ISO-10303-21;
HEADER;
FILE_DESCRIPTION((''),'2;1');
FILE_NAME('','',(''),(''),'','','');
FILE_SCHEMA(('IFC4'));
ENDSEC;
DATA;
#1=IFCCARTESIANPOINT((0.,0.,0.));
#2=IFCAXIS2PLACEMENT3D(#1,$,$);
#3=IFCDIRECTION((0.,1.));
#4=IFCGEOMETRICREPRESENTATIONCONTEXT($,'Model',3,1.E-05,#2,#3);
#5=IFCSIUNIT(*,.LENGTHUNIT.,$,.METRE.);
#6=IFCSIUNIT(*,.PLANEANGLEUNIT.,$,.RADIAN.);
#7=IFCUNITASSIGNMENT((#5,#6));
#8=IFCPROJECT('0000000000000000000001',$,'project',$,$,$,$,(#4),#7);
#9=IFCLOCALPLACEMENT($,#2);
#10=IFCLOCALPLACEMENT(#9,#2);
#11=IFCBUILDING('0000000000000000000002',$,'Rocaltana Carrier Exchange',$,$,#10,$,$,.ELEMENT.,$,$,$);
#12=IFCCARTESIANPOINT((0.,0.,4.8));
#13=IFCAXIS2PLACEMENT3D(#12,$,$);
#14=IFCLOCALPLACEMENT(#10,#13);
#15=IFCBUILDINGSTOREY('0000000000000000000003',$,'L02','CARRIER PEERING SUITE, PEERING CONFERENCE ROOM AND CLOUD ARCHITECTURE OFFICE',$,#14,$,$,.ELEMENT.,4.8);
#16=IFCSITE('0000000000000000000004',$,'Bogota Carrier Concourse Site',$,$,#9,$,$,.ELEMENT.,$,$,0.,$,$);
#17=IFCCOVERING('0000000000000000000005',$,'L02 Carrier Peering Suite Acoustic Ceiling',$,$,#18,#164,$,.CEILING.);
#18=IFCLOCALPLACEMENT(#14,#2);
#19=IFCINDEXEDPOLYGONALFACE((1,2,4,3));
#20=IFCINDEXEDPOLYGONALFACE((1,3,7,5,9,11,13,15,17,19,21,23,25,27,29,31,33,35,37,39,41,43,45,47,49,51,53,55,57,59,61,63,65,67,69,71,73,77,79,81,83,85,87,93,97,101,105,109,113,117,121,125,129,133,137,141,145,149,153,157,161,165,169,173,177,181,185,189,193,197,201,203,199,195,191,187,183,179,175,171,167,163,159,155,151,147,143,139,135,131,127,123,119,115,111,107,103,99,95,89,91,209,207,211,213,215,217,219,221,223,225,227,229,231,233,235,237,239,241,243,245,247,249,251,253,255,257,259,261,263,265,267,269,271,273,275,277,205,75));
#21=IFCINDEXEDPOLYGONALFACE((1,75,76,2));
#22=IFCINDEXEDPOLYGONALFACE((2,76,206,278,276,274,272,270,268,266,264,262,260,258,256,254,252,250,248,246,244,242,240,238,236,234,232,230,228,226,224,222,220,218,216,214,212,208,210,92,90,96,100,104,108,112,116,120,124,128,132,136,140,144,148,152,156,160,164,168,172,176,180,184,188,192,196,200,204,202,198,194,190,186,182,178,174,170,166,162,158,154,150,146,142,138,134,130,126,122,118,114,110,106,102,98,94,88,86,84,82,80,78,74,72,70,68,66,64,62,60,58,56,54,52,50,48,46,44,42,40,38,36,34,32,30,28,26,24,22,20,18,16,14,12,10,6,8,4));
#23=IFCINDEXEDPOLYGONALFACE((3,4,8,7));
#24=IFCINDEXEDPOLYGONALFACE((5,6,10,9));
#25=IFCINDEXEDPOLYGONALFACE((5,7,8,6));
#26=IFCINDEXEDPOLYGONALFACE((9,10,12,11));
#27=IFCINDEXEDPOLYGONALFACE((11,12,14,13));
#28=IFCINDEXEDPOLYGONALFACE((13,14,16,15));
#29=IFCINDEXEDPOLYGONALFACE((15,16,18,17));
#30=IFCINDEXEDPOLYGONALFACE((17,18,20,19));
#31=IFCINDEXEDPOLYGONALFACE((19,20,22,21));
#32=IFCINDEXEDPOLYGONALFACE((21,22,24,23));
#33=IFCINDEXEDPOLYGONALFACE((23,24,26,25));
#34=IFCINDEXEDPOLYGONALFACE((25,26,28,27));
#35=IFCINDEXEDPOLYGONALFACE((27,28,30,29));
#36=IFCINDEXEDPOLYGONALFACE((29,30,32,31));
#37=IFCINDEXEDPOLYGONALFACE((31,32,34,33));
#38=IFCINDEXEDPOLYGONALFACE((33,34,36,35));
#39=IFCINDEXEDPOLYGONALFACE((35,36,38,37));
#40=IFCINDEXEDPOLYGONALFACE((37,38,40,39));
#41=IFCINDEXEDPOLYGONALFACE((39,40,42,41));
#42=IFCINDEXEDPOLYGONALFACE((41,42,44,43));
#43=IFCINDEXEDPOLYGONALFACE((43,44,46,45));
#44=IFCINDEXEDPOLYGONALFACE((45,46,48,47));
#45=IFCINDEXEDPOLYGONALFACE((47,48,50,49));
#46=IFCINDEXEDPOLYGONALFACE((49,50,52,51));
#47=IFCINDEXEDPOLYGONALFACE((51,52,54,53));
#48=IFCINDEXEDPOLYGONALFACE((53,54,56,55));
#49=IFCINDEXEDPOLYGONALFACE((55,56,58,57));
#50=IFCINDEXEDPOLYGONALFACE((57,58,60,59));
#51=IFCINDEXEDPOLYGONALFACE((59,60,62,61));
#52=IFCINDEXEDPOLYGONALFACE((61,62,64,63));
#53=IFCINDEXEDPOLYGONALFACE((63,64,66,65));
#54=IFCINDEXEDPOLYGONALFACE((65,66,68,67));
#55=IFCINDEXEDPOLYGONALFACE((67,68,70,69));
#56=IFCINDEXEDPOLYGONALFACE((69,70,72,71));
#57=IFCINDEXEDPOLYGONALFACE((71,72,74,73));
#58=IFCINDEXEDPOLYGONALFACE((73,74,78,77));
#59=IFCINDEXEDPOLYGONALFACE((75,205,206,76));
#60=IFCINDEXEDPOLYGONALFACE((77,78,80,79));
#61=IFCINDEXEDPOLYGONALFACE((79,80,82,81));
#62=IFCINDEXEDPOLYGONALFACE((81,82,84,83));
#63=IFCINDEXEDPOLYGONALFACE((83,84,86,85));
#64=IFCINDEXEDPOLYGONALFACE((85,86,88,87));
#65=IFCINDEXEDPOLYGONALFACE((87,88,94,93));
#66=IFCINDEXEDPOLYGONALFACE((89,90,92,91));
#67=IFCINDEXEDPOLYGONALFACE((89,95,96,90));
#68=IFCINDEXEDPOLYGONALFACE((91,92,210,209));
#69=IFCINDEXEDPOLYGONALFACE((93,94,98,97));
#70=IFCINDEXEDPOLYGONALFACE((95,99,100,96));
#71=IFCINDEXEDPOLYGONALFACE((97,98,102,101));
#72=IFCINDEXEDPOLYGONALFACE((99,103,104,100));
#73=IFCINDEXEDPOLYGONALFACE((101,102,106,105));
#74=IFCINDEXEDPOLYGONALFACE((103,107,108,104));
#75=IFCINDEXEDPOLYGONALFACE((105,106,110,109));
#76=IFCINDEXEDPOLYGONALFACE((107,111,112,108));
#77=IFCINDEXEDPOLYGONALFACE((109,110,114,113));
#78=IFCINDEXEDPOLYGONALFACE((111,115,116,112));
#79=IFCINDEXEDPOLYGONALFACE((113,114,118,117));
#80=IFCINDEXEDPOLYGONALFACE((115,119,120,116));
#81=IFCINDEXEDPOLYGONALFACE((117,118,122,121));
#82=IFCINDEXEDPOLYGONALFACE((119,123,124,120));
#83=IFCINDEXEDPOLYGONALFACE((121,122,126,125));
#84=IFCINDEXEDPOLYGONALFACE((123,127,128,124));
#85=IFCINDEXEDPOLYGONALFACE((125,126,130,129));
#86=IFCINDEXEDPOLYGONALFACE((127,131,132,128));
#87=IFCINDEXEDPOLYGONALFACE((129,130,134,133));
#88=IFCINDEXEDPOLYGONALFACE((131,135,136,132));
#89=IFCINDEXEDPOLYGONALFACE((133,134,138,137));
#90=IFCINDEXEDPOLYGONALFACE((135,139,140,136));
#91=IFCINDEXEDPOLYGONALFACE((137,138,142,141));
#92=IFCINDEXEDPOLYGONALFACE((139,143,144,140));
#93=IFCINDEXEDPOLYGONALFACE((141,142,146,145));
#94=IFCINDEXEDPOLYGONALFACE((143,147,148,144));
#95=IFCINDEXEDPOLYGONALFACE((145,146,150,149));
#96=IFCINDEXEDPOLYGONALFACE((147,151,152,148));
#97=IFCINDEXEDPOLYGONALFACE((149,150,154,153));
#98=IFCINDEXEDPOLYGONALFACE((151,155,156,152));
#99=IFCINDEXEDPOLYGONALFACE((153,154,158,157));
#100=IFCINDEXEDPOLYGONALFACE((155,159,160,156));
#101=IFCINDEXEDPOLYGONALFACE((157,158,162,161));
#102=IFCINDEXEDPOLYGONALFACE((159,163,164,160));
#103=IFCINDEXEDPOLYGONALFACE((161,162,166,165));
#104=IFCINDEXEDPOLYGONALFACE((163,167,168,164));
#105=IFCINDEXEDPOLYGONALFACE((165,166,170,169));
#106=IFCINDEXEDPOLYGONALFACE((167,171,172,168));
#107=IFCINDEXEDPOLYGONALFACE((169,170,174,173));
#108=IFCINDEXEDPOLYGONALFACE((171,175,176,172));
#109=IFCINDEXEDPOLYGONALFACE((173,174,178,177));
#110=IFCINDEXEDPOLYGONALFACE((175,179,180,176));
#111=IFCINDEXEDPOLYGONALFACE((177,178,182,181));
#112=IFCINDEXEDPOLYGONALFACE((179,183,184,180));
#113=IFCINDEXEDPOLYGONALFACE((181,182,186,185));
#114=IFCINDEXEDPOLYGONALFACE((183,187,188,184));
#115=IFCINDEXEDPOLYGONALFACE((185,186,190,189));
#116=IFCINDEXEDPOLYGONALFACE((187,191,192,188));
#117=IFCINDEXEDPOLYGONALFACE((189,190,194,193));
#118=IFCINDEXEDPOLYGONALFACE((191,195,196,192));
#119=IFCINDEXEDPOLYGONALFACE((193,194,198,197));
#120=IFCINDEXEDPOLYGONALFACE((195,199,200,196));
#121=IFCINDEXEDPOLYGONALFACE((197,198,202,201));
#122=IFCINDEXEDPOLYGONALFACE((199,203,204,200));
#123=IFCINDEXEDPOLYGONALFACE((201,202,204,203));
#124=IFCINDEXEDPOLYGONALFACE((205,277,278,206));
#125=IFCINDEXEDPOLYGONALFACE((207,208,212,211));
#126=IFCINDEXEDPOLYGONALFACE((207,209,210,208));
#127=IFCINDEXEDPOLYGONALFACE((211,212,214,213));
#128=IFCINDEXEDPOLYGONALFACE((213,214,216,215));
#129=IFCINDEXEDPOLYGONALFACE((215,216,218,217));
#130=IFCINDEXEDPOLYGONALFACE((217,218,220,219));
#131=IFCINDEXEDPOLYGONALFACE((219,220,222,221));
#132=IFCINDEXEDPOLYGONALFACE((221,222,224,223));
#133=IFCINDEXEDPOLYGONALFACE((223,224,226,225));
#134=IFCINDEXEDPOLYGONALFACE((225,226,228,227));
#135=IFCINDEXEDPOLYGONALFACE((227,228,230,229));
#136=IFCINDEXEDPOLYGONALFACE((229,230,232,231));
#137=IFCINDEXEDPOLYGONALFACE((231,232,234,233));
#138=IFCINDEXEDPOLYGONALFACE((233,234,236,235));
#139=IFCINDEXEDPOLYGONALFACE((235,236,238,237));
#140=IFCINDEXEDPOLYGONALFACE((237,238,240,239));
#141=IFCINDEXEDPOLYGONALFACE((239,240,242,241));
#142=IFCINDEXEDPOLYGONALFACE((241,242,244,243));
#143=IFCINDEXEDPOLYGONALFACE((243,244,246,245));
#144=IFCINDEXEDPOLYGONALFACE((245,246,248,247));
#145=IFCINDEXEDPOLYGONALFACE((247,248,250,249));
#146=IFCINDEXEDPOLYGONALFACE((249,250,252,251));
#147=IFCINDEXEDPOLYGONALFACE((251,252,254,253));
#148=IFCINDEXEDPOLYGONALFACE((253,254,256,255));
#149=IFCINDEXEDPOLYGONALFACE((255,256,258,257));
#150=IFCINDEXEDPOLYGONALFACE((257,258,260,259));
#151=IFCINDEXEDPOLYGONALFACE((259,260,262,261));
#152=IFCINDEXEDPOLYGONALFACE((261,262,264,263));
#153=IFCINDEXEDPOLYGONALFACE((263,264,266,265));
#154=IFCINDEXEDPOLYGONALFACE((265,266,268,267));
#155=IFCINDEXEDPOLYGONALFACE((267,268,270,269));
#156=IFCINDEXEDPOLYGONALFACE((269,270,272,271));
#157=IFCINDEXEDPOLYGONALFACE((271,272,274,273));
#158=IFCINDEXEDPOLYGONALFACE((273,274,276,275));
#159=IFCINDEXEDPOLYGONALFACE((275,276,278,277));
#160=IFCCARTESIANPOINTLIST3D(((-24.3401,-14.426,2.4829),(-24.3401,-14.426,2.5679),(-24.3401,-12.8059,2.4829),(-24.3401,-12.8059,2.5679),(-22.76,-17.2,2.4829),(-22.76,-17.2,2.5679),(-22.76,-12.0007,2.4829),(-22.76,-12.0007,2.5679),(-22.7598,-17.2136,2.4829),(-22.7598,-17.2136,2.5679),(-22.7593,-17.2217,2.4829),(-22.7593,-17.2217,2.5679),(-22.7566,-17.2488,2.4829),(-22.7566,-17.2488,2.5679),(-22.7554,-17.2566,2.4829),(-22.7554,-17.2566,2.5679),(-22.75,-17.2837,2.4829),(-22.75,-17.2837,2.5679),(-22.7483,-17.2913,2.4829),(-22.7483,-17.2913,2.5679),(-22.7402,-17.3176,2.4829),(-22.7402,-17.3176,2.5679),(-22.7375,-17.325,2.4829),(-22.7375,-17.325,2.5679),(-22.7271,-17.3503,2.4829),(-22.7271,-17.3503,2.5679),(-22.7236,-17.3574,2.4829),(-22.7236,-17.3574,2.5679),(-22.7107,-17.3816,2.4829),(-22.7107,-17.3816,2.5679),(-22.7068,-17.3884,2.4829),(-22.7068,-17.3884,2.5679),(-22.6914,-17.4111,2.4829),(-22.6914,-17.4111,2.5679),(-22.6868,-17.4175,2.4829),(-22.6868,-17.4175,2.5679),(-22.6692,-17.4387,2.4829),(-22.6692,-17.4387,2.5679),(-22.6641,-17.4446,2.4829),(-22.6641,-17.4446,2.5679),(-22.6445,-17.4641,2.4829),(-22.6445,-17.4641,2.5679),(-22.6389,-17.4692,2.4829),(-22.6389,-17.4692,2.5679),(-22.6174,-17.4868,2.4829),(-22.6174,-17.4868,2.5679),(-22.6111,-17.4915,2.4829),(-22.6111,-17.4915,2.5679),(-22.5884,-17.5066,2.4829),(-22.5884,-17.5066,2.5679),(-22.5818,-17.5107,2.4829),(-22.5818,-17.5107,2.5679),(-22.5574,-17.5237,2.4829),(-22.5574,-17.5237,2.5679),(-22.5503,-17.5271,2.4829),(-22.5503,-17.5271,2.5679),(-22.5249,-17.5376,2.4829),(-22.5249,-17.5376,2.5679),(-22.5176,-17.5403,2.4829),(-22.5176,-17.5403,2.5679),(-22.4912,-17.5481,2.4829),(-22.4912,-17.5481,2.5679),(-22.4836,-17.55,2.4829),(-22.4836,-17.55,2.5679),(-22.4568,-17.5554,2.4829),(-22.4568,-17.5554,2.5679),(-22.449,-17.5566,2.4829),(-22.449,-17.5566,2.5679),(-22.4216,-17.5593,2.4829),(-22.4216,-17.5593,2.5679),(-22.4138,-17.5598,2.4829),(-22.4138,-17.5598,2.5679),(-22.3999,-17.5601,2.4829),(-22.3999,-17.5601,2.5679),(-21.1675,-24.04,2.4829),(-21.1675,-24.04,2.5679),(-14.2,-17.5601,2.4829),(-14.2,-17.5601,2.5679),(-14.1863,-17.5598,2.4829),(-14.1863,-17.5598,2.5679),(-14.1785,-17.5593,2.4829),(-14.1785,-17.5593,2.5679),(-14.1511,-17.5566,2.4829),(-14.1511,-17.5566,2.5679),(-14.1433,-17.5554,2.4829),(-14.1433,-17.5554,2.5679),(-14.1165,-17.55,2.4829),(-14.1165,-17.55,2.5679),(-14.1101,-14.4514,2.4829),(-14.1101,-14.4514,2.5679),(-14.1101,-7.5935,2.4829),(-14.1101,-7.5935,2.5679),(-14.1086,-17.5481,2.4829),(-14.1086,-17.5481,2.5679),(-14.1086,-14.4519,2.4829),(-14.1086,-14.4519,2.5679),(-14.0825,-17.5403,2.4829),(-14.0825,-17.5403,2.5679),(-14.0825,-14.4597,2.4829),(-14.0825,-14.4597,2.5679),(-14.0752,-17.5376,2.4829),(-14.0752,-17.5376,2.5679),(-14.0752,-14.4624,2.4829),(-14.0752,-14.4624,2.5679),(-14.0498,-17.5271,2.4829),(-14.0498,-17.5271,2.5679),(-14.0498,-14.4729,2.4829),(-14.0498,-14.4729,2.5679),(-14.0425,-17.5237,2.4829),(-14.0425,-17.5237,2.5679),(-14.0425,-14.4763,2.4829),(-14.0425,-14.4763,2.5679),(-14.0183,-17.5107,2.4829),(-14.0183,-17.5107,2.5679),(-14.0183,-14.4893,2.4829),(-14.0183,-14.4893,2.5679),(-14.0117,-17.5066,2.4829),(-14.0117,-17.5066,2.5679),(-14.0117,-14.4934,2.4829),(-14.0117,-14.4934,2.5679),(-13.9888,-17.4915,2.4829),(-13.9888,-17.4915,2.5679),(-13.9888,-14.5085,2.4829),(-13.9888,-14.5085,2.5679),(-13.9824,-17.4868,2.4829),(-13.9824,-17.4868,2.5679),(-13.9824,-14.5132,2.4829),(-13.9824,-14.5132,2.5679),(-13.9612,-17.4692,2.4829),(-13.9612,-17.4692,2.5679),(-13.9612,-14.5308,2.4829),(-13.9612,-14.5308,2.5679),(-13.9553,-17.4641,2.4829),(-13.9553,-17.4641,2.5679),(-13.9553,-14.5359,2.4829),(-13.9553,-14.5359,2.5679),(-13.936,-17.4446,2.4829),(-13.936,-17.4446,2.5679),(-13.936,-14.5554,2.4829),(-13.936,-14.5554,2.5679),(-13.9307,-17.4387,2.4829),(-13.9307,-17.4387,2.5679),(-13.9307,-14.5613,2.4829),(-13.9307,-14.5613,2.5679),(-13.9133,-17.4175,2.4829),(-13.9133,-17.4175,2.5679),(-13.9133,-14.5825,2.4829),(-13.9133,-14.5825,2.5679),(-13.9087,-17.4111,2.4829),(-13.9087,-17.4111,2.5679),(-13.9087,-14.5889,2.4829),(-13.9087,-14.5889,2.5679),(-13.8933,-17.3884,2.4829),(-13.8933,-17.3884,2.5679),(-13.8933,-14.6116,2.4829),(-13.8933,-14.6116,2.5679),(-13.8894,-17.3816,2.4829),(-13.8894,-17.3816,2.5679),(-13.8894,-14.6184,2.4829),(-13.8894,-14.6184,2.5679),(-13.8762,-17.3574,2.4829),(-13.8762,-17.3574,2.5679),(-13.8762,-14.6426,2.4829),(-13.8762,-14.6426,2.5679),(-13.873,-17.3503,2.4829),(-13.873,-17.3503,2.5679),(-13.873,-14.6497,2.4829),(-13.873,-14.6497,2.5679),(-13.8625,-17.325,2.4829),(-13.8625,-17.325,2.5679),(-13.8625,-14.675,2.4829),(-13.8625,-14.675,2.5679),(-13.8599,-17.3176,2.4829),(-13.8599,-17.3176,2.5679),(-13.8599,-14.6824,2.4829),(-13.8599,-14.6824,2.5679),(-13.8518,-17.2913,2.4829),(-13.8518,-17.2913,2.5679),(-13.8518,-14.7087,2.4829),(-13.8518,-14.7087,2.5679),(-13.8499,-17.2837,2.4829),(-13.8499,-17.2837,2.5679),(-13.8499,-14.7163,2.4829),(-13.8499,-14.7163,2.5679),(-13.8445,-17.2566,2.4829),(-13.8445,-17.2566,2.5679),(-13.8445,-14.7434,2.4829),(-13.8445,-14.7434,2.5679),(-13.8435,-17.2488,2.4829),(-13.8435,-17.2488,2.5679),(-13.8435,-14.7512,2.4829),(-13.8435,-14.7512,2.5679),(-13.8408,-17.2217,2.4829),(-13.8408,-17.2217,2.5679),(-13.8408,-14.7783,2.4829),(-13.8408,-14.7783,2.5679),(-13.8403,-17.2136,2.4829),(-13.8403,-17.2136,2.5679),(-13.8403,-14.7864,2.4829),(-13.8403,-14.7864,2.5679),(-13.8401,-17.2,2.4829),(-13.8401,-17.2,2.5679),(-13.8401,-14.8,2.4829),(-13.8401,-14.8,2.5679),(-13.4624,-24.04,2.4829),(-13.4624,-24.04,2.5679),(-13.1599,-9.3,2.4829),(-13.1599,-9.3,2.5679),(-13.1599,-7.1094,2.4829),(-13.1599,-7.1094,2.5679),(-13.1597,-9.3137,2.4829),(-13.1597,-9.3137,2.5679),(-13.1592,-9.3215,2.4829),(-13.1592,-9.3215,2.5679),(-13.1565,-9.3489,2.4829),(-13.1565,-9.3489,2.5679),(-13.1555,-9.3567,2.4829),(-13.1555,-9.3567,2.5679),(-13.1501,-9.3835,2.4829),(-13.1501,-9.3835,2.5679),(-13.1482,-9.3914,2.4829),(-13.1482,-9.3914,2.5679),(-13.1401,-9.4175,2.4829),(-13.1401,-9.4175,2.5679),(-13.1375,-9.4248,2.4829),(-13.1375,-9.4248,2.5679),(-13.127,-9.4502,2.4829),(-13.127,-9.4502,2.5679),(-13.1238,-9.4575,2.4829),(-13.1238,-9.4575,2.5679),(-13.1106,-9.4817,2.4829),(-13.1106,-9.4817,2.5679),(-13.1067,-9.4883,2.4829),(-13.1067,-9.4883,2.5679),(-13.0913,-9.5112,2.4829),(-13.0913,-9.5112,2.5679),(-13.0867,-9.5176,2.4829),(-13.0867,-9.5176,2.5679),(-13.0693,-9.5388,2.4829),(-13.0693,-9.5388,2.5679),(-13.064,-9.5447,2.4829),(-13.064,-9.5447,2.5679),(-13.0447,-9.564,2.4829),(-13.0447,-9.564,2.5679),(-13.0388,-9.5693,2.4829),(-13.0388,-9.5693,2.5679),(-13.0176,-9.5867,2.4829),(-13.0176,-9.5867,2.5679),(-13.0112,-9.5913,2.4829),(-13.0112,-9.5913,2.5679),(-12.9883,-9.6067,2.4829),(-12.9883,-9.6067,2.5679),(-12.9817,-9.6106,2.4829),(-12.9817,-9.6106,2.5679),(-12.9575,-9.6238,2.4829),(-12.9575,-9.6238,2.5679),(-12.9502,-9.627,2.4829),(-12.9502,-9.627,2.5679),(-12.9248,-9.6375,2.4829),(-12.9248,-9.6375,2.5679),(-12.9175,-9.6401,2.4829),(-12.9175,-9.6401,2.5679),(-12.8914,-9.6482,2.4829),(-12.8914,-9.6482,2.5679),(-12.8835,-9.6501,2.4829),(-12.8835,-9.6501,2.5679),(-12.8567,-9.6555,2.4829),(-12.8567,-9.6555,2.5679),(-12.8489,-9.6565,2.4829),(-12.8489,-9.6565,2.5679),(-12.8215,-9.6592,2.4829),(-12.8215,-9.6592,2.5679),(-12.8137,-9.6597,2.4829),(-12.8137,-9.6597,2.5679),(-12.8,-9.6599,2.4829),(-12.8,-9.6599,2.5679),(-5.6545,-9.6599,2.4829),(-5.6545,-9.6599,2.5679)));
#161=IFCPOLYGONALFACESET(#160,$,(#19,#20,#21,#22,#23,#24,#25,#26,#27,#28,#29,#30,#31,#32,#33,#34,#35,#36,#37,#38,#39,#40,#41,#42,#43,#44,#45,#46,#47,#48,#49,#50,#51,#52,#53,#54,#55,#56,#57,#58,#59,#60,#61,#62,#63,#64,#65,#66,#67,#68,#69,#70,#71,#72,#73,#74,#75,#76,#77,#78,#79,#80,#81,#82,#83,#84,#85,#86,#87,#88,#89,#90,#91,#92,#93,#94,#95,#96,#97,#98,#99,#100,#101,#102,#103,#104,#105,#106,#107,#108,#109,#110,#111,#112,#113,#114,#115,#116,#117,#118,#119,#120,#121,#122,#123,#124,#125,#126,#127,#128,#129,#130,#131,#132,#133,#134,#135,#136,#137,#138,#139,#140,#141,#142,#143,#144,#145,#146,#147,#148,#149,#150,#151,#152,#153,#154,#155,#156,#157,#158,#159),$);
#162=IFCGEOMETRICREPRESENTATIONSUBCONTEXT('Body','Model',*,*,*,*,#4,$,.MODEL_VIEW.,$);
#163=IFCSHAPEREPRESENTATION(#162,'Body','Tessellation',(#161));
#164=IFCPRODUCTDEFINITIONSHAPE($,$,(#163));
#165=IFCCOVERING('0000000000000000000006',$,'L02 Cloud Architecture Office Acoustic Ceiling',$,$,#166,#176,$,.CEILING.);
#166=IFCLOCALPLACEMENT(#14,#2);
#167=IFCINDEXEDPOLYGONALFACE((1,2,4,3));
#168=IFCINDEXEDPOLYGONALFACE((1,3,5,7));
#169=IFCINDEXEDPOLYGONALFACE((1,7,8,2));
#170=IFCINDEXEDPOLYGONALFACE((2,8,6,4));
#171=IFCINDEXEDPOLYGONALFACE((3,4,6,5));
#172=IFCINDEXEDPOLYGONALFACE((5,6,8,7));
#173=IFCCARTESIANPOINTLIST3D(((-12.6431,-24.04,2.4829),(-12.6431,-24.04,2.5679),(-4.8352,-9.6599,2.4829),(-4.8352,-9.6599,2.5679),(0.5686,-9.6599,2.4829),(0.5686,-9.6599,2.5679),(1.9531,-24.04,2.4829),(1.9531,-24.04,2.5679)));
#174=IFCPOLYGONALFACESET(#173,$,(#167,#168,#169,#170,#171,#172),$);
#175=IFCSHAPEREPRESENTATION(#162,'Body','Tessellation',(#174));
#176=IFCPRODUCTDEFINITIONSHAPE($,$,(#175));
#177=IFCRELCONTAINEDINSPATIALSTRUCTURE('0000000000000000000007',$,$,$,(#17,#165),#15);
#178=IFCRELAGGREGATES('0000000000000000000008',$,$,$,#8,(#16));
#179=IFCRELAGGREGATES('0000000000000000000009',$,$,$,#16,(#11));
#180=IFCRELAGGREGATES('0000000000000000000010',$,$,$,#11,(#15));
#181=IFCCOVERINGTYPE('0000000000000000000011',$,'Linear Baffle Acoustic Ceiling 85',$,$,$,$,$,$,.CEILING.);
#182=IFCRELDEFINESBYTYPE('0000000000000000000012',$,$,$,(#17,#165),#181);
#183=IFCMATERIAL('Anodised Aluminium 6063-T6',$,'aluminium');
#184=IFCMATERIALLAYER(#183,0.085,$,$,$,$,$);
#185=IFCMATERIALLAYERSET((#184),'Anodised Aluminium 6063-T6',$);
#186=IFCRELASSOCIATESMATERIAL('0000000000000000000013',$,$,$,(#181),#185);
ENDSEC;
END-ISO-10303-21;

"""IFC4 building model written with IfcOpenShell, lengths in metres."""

from ifc_helpers import new_model, si_unit, direction, frame, origin, place, context, subcontext, project, spatial, polyline, outline, extrude, material, layer, layer_set, type_object, element, save


model = new_model("IFC4")

# Units and contexts
model_context = context("Model", 3, precision=1e-05, world=origin(), true_north=direction((0.0, 1.0)))
body_context = subcontext(model_context, "Body", "Model", "MODEL_VIEW")
ifc_project = project(units=[si_unit("LENGTHUNIT", "METRE"), si_unit("PLANEANGLEUNIT", "RADIAN")], contexts=[model_context])

# Site, building, storey
site_placement = place(None, origin())
site = spatial("IfcSite", under=ifc_project, at=site_placement, Name="Bogota Carrier Concourse Site", CompositionType="ELEMENT", RefElevation=0.0)
building_placement = place(site_placement, origin())
building = spatial("IfcBuilding", under=site, at=building_placement, Name="Rocaltana Carrier Exchange", CompositionType="ELEMENT")
storey_placement = place(building_placement, frame((0.0, 0.0, 4.8)))
storey = spatial("IfcBuildingStorey", under=building, at=storey_placement, Name="L02", Description="CARRIER PEERING SUITE, PEERING CONFERENCE ROOM AND CLOUD ARCHITECTURE OFFICE", CompositionType="ELEMENT", Elevation=4.8)

# Coverings
ifc_material_1 = material(Name="Anodised Aluminium 6063-T6", Category="aluminium")
ifc_layer_1 = layer(ifc_material_1, 0.085)
ifc_layer_set_1 = layer_set([ifc_layer_1], Name="Anodised Aluminium 6063-T6")
covering_type_1 = type_object("IfcCoveringType", Name="Linear Baffle Acoustic Ceiling 85", PredefinedType="CEILING", material=ifc_layer_set_1)
covering_1_placement = place(storey_placement, frame((0.0, 0.0, 2.4829)))
element("IfcCovering", 1, at=covering_1_placement, inside=storey, type_object=covering_type_1, Name="L02 Carrier Peering Suite Acoustic Ceiling", PredefinedType="CEILING", context=body_context, shape_type="SweptSolid", body=[
    extrude(outline(polyline([(-24.3401, -12.8059), (-22.76, -12.0007), (-22.76, -17.2), (-22.7598, -17.2136), (-22.7593, -17.2217), (-22.7566, -17.2488), (-22.7554, -17.2566), (-22.75, -17.2837), (-22.7483, -17.2913), (-22.7402, -17.3176), (-22.7375, -17.325), (-22.7271, -17.3503), (-22.7236, -17.3574), (-22.7107, -17.3816), (-22.7068, -17.3884), (-22.6914, -17.4111), (-22.6868, -17.4175), (-22.6692, -17.4387), (-22.6641, -17.4446), (-22.6445, -17.4641), (-22.6389, -17.4692), (-22.6174, -17.4868), (-22.6111, -17.4915), (-22.5884, -17.5066), (-22.5818, -17.5107), (-22.5574, -17.5237), (-22.5503, -17.5271), (-22.5249, -17.5376), (-22.5176, -17.5403), (-22.4912, -17.5481), (-22.4836, -17.55), (-22.4568, -17.5554), (-22.449, -17.5566), (-22.4216, -17.5593), (-22.4138, -17.5598), (-22.3999, -17.5601), (-14.2, -17.5601), (-14.1863, -17.5598), (-14.1785, -17.5593), (-14.1511, -17.5566), (-14.1433, -17.5554), (-14.1165, -17.55), (-14.1086, -17.5481), (-14.0825, -17.5403), (-14.0752, -17.5376), (-14.0498, -17.5271), (-14.0425, -17.5237), (-14.0183, -17.5107), (-14.0117, -17.5066), (-13.9888, -17.4915), (-13.9824, -17.4868), (-13.9612, -17.4692), (-13.9553, -17.4641), (-13.936, -17.4446), (-13.9307, -17.4387), (-13.9133, -17.4175), (-13.9087, -17.4111), (-13.8933, -17.3884), (-13.8894, -17.3816), (-13.8762, -17.3574), (-13.873, -17.3503), (-13.8625, -17.325), (-13.8599, -17.3176), (-13.8518, -17.2913), (-13.8499, -17.2837), (-13.8445, -17.2566), (-13.8435, -17.2488), (-13.8408, -17.2217), (-13.8403, -17.2136), (-13.8401, -17.2), (-13.8401, -14.8), (-13.8403, -14.7864), (-13.8408, -14.7783), (-13.8435, -14.7512), (-13.8445, -14.7434), (-13.8499, -14.7163), (-13.8518, -14.7087), (-13.8599, -14.6824), (-13.8625, -14.675), (-13.873, -14.6497), (-13.8762, -14.6426), (-13.8894, -14.6184), (-13.8933, -14.6116), (-13.9087, -14.5889), (-13.9133, -14.5825), (-13.9307, -14.5613), (-13.936, -14.5554), (-13.9553, -14.5359), (-13.9612, -14.5308), (-13.9824, -14.5132), (-13.9888, -14.5085), (-14.0117, -14.4934), (-14.0183, -14.4893), (-14.0425, -14.4763), (-14.0498, -14.4729), (-14.0752, -14.4624), (-14.0825, -14.4597), (-14.1086, -14.4519), (-14.1101, -14.4514), (-14.1101, -7.5935), (-13.1599, -7.1094), (-13.1599, -9.3), (-13.1597, -9.3137), (-13.1592, -9.3215), (-13.1565, -9.3489), (-13.1555, -9.3567), (-13.1501, -9.3835), (-13.1482, -9.3914), (-13.1401, -9.4175), (-13.1375, -9.4248), (-13.127, -9.4502), (-13.1238, -9.4575), (-13.1106, -9.4817), (-13.1067, -9.4883), (-13.0913, -9.5112), (-13.0867, -9.5176), (-13.0693, -9.5388), (-13.064, -9.5447), (-13.0447, -9.564), (-13.0388, -9.5693), (-13.0176, -9.5867), (-13.0112, -9.5913), (-12.9883, -9.6067), (-12.9817, -9.6106), (-12.9575, -9.6238), (-12.9502, -9.627), (-12.9248, -9.6375), (-12.9175, -9.6401), (-12.8914, -9.6482), (-12.8835, -9.6501), (-12.8567, -9.6555), (-12.8489, -9.6565), (-12.8215, -9.6592), (-12.8137, -9.6597), (-12.8, -9.6599), (-5.6545, -9.6599), (-13.4624, -24.04), (-21.1675, -24.04), (-24.3401, -14.426), (-24.3401, -12.8059)])), origin(), (0.0, 0.0, 1.0), 0.085),
])
covering_2_placement = place(storey_placement, frame((0.0, 0.0, 2.4829)))
element("IfcCovering", 2, at=covering_2_placement, inside=storey, type_object=covering_type_1, Name="L02 Cloud Architecture Office Acoustic Ceiling", PredefinedType="CEILING", context=body_context, shape_type="SweptSolid", body=[
    extrude(outline(polyline([(-12.6431, -24.04), (-4.8352, -9.6599), (0.5686, -9.6599), (1.9531, -24.04), (-12.6431, -24.04)])), origin(), (0.0, 0.0, 1.0), 0.085),
])

save(model, "model.ifc")
